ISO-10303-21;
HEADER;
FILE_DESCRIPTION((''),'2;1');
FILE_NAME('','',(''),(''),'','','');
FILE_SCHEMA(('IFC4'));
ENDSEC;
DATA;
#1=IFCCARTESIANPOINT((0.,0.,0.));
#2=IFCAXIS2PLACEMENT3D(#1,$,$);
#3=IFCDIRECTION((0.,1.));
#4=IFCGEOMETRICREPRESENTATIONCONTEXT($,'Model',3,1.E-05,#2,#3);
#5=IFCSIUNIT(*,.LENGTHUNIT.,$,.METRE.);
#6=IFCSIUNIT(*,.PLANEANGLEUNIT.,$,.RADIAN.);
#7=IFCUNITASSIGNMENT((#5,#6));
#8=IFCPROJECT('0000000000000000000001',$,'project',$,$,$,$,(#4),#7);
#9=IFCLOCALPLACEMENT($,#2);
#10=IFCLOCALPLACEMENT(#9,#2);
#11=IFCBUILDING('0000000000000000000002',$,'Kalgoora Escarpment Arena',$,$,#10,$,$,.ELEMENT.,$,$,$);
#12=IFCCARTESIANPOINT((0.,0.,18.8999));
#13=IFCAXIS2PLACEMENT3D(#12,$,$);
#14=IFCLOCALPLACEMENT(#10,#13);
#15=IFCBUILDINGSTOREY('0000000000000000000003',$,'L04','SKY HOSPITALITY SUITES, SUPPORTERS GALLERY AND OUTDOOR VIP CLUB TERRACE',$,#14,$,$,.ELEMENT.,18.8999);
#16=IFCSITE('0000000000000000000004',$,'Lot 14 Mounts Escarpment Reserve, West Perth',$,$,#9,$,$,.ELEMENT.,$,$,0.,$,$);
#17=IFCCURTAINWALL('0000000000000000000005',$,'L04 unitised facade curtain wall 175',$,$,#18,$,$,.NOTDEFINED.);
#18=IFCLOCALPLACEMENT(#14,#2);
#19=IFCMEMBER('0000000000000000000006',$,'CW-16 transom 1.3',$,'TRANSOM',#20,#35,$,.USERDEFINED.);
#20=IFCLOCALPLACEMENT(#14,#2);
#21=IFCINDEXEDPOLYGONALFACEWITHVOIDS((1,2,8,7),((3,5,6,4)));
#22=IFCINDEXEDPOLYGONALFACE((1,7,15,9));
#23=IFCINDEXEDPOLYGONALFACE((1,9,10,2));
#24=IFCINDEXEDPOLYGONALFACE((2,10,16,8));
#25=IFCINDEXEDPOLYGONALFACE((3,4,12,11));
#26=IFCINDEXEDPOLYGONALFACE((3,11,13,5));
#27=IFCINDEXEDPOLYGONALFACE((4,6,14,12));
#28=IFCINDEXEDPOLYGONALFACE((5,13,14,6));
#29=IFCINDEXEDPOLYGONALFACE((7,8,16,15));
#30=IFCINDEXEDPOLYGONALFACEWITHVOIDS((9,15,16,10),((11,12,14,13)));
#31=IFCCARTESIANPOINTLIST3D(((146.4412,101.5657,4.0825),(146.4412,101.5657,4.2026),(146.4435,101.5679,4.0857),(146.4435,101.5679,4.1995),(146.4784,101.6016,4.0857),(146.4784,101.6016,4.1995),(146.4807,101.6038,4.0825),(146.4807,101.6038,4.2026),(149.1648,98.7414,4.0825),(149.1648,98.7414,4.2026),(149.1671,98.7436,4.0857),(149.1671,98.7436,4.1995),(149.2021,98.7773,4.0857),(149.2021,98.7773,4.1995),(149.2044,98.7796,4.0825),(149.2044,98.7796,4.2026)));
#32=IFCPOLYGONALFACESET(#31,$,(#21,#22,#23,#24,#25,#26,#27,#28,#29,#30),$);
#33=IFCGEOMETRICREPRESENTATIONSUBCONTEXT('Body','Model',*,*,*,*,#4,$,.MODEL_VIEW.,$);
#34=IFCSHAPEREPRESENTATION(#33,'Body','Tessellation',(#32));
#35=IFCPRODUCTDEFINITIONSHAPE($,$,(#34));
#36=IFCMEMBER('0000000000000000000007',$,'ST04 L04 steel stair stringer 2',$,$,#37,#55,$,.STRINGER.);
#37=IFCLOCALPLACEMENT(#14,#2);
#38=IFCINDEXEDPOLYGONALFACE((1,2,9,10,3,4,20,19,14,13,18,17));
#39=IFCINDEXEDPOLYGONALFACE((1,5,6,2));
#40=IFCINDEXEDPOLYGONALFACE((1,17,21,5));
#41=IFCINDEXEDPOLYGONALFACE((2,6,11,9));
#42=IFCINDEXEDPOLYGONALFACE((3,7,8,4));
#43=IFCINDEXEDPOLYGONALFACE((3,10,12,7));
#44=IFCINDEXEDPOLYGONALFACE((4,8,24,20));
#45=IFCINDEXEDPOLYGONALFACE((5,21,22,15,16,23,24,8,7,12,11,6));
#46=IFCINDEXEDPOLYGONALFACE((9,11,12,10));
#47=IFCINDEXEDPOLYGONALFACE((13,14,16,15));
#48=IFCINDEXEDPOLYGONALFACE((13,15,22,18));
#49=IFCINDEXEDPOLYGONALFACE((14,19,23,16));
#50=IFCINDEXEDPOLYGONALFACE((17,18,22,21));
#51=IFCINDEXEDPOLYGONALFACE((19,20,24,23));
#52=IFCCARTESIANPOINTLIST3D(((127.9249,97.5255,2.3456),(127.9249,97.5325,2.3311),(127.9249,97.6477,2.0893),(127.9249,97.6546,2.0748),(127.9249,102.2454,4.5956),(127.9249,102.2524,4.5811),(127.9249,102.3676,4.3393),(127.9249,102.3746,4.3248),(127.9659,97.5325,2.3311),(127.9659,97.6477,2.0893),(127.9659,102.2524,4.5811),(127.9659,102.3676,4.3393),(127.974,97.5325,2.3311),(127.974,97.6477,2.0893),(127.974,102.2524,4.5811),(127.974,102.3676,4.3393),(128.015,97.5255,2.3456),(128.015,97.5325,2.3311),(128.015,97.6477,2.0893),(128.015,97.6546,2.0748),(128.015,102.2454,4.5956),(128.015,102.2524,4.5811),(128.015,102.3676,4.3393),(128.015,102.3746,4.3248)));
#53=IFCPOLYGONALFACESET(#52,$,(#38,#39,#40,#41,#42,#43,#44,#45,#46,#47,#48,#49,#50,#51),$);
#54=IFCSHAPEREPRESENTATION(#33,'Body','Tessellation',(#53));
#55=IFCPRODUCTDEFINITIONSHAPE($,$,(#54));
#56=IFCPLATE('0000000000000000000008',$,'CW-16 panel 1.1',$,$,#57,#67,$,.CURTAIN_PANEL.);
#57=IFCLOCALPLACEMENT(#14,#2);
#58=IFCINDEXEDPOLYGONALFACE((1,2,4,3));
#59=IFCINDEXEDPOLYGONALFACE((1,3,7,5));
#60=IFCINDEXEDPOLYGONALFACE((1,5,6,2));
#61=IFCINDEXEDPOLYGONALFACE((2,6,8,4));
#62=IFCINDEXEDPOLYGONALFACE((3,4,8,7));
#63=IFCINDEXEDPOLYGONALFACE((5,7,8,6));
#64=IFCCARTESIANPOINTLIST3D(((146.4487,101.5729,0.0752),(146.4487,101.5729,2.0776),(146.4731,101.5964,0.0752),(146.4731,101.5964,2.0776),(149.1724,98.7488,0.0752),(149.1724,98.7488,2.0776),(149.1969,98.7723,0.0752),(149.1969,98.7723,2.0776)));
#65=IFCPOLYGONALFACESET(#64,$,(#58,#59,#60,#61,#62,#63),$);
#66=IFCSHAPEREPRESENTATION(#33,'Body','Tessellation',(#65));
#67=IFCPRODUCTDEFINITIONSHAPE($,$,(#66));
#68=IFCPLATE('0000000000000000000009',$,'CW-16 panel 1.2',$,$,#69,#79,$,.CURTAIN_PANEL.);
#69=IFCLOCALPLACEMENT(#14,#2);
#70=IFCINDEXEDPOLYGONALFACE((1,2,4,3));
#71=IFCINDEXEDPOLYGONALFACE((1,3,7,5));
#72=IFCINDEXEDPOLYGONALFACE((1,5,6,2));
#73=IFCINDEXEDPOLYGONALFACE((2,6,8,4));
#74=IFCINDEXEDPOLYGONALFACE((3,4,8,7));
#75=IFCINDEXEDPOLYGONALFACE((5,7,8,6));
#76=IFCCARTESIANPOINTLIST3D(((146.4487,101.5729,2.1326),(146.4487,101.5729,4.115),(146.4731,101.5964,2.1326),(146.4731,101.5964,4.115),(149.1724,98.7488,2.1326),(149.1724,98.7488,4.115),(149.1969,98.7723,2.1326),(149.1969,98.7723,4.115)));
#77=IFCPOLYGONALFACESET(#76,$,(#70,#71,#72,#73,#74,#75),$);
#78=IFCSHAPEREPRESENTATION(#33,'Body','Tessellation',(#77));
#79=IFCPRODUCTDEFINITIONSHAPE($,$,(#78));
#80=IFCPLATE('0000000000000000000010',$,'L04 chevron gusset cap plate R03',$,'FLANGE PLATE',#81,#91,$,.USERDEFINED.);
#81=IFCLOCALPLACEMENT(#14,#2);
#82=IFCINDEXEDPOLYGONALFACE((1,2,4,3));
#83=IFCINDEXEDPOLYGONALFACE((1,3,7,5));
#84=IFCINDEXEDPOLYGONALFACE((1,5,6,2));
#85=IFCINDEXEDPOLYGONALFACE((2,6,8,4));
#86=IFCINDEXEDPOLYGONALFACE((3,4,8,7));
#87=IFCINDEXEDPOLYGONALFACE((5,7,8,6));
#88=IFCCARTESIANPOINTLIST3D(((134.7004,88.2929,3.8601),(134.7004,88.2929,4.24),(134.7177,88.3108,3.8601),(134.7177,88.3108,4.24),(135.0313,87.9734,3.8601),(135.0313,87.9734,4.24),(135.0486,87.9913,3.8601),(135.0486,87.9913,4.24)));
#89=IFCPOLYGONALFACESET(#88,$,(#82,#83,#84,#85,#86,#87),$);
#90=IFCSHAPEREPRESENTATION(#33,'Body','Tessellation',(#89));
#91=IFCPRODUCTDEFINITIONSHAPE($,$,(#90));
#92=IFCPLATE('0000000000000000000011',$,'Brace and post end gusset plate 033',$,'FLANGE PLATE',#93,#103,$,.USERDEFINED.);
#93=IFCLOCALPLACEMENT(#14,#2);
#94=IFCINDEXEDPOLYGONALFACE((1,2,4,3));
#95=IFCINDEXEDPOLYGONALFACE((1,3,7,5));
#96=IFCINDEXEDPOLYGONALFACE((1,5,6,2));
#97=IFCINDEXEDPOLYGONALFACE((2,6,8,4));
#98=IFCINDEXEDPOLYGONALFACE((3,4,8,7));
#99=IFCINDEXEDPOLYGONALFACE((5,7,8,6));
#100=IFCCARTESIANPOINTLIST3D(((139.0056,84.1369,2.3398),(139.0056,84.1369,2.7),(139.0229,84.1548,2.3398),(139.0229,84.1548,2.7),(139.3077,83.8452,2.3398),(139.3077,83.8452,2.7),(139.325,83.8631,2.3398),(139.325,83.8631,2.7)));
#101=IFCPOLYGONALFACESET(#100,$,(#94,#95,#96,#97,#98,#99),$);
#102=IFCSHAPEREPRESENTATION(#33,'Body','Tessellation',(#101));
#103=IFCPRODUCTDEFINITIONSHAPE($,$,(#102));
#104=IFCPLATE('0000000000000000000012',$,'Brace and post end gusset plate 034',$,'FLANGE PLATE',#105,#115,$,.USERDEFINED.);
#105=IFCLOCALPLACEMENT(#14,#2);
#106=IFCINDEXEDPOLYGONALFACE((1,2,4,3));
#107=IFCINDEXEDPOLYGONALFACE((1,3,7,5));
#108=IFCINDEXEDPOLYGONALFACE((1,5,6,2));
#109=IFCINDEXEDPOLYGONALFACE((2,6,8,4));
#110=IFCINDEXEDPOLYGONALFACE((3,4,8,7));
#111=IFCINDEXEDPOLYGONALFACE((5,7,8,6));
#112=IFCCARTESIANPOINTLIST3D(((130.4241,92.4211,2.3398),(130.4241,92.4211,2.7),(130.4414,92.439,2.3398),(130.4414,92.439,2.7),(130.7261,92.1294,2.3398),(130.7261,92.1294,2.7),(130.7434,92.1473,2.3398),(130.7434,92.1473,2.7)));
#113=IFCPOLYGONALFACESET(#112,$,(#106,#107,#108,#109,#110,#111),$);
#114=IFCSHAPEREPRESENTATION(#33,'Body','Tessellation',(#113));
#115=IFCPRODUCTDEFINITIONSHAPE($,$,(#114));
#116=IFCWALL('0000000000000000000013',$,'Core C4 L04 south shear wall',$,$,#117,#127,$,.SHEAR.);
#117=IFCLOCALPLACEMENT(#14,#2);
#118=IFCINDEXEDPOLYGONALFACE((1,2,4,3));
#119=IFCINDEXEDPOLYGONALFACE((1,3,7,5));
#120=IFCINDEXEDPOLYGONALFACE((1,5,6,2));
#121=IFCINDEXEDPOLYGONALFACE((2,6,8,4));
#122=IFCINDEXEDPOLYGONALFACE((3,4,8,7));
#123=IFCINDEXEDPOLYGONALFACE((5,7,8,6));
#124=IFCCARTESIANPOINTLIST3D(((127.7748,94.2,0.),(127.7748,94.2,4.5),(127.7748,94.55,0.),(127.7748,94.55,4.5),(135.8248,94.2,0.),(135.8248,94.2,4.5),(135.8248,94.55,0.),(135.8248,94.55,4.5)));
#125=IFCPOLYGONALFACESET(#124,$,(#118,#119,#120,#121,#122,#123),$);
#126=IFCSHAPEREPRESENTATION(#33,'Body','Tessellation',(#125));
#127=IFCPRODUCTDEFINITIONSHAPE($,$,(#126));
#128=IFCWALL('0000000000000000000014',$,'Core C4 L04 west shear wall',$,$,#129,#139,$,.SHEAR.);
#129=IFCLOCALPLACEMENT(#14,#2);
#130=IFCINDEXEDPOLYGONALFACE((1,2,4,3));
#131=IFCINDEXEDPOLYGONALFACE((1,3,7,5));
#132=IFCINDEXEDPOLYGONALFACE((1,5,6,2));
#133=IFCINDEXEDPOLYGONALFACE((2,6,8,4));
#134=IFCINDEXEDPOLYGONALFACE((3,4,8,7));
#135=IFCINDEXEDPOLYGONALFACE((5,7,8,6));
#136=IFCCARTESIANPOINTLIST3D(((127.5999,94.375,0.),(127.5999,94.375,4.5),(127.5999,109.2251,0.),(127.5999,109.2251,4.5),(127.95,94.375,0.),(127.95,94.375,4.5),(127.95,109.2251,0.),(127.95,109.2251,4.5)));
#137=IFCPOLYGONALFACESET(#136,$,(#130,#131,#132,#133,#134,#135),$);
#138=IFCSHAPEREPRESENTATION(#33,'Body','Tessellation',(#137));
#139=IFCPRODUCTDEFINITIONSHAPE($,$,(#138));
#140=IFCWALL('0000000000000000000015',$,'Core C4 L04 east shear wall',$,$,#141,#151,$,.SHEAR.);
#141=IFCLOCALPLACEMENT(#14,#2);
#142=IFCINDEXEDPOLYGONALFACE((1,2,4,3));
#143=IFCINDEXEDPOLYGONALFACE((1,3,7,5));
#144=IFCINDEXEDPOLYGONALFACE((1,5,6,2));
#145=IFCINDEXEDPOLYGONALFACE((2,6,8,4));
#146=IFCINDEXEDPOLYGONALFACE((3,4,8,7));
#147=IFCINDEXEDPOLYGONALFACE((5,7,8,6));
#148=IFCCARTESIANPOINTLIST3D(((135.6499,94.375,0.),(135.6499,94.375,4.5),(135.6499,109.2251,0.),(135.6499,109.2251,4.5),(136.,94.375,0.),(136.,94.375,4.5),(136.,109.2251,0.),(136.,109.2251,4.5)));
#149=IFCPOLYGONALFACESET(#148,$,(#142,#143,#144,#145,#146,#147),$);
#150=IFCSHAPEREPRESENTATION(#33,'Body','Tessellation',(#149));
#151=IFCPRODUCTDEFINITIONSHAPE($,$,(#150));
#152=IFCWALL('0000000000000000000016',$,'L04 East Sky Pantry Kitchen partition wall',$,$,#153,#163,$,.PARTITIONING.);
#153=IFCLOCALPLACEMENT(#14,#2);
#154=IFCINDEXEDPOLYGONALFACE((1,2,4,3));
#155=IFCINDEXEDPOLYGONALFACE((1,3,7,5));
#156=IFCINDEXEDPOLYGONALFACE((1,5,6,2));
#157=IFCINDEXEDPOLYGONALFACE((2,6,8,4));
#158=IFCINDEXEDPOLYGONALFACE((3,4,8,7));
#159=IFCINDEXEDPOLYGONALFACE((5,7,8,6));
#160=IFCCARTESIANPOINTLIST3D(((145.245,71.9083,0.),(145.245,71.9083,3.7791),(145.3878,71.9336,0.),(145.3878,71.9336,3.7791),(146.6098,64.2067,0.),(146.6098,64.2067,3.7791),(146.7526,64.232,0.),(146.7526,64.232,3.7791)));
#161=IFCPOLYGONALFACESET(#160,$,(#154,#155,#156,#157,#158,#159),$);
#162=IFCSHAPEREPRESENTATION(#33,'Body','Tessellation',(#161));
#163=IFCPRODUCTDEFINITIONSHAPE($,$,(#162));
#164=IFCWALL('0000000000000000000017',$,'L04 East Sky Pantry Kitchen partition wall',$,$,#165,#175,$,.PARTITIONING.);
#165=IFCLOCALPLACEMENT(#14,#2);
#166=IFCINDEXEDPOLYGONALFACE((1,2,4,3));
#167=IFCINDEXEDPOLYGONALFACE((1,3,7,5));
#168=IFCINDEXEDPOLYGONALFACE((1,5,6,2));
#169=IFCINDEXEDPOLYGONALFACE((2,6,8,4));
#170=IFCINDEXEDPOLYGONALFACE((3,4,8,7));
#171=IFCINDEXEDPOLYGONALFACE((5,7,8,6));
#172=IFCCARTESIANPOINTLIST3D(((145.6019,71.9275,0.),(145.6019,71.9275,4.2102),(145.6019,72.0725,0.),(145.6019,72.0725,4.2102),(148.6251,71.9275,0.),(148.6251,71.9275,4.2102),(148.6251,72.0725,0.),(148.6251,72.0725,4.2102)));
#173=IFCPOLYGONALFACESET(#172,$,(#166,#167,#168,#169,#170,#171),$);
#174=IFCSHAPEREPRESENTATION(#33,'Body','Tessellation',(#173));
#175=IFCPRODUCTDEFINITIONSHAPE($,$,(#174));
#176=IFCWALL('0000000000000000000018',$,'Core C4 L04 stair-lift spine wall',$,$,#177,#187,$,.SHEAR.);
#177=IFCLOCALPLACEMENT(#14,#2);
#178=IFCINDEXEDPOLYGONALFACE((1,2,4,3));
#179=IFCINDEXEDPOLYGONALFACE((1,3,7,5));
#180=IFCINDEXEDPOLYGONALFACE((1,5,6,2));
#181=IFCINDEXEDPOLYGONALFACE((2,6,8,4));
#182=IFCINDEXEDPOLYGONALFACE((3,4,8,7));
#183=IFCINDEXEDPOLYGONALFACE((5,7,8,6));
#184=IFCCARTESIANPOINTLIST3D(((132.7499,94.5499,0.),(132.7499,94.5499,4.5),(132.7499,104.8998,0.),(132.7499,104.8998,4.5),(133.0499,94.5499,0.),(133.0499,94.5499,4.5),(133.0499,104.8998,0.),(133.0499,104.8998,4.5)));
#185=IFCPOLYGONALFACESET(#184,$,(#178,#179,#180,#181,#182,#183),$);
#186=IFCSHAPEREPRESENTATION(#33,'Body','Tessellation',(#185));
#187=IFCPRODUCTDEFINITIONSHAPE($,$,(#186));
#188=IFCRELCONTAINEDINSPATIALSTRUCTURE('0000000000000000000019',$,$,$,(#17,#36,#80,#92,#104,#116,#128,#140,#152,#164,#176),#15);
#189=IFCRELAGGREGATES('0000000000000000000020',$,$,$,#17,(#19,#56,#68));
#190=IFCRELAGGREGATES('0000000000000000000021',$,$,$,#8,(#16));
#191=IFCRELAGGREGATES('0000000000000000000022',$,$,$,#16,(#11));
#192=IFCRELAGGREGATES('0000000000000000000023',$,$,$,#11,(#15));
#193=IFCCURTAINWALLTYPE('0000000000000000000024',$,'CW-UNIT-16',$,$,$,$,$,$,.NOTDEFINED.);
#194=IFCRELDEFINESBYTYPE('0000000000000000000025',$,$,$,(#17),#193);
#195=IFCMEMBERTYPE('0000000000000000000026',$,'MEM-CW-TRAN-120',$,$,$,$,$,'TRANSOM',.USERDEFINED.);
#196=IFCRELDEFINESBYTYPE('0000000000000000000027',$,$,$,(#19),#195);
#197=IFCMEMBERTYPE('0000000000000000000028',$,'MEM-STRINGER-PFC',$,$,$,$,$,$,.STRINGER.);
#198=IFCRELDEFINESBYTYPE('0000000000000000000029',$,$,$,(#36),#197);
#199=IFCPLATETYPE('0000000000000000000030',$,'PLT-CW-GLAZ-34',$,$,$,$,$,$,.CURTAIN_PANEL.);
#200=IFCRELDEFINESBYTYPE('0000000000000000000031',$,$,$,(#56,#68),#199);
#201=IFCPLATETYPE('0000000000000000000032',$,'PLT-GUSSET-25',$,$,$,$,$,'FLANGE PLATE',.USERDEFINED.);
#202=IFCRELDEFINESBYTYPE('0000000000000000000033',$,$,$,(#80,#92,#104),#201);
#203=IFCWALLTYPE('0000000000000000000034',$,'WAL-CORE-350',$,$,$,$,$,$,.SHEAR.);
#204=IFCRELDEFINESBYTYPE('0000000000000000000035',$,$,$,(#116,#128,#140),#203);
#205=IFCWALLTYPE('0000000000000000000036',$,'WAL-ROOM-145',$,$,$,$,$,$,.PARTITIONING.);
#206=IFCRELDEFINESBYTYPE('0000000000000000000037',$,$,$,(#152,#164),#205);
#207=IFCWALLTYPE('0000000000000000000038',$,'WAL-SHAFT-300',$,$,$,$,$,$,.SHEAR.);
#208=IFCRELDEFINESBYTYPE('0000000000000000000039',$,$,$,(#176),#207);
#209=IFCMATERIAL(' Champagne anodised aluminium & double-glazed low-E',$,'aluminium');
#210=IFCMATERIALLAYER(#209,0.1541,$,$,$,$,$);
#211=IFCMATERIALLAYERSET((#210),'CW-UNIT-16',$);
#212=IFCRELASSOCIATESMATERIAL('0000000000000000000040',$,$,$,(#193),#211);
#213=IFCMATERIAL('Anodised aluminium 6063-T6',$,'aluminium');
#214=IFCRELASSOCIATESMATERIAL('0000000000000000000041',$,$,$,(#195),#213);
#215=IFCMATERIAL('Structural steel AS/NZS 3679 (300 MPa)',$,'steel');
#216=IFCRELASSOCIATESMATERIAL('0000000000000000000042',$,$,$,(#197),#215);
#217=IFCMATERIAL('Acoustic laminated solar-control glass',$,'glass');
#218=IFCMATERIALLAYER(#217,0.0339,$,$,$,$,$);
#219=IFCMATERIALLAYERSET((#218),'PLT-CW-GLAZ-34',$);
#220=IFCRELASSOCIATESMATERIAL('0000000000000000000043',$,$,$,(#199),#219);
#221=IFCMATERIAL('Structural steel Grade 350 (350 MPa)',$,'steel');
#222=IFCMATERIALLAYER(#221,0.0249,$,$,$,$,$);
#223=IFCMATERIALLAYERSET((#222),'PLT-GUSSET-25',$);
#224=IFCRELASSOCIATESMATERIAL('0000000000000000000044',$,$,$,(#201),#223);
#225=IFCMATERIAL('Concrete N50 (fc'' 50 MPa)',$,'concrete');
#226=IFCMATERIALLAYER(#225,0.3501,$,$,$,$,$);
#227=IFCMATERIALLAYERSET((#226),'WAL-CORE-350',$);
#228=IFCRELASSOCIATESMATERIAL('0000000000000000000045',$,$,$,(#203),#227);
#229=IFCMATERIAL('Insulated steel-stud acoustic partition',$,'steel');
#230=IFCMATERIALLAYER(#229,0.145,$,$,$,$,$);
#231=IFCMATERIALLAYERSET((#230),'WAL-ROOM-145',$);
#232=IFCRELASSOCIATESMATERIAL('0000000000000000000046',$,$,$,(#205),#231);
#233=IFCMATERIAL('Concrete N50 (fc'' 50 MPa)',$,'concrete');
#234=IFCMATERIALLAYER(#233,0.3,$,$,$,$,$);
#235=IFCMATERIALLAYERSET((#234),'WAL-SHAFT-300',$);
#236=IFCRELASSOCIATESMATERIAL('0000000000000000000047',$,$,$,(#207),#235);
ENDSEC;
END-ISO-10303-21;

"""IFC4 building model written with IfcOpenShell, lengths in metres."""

from ifc_helpers import new_model, si_unit, direction, frame, frame_2d, origin, origin_2d, place, context, subcontext, project, spatial, rectangle, hollow_rectangle, i_section, extrude, material, layer, layer_set, material_profile, profile_set, type_object, element, aggregate, save


model = new_model("IFC4")

# Units and contexts
model_context = context("Model", 3, precision=1e-05, world=origin(), true_north=direction((0.0, 1.0)))
body_context = subcontext(model_context, "Body", "Model", "MODEL_VIEW")
ifc_project = project(units=[si_unit("LENGTHUNIT", "METRE"), si_unit("PLANEANGLEUNIT", "RADIAN")], contexts=[model_context])

# Site, building, storey
site_placement = place(None, origin())
site = spatial("IfcSite", under=ifc_project, at=site_placement, Name="Lot 14 Mounts Escarpment Reserve, West Perth", CompositionType="ELEMENT", RefElevation=0.0)
building_placement = place(site_placement, origin())
building = spatial("IfcBuilding", under=site, at=building_placement, Name="Kalgoora Escarpment Arena", CompositionType="ELEMENT")
storey_placement = place(building_placement, frame((0.0, 0.0, 18.8999)))
storey = spatial("IfcBuildingStorey", under=building, at=storey_placement, Name="L04", Description="SKY HOSPITALITY SUITES, SUPPORTERS GALLERY AND OUTDOOR VIP CLUB TERRACE", CompositionType="ELEMENT", Elevation=18.8999)

# Curtain wall, member
ifc_material_1 = material(Name=" Champagne anodised aluminium & double-glazed low-E", Category="aluminium")
ifc_layer_1 = layer(ifc_material_1, 0.1541)
ifc_layer_set_1 = layer_set([ifc_layer_1], Name="CW-UNIT-16")
curtain_wall_type = type_object("IfcCurtainWallType", Name="CW-UNIT-16", PredefinedType="NOTDEFINED", material=ifc_layer_set_1)
curtain_wall_placement = place(storey_placement, origin())
curtain_wall = element("IfcCurtainWall", 1, at=curtain_wall_placement, inside=storey, type_object=curtain_wall_type, Name="L04 unitised facade curtain wall 175", PredefinedType="NOTDEFINED")
ifc_material_2 = material(Name="Anodised aluminium 6063-T6", Category="aluminium")
ifc_material_profile_1 = material_profile(ifc_material_2, hollow_rectangle(XDim=0.0549, YDim=0.1201, WallThickness=0.0032, at=origin_2d()))
ifc_profile_set_1 = profile_set([ifc_material_profile_1], Name="Anodised aluminium 6063-T6")
member_type_1 = type_object("IfcMemberType", Name="MEM-CW-TRAN-120", ElementType="TRANSOM", PredefinedType="USERDEFINED", material=ifc_profile_set_1)
member_1_placement = place(storey_placement, frame((146.4609, 101.5847, 4.1426), z_axis=(0.694172, -0.719809, 0.0), x_axis=(0.719809, 0.694172, 0.0)))
member_1 = element("IfcMember", 2, at=member_1_placement, type_object=member_type_1, Name="CW-16 transom 1.3", ObjectType="TRANSOM", PredefinedType="USERDEFINED", context=body_context, shape_type="SweptSolid", body=[
    extrude(hollow_rectangle(XDim=0.0549, YDim=0.1201, WallThickness=0.0032, at=origin_2d()), origin(), (0.0, 0.0, 1.0), 3.9236),
])

# Member
ifc_material_3 = material(Name="Structural steel AS/NZS 3679 (300 MPa)", Category="steel")
ifc_material_profile_2 = material_profile(ifc_material_3, i_section(OverallWidth=0.0901, OverallDepth=0.3, WebThickness=0.0081, FlangeThickness=0.0161, at=origin_2d()))
ifc_profile_set_2 = profile_set([ifc_material_profile_2], Name="Structural steel AS/NZS 3679 (300 MPa)")
member_type_2 = type_object("IfcMemberType", Name="MEM-STRINGER-PFC", PredefinedType="STRINGER", material=ifc_profile_set_2)
member_2_placement = place(storey_placement, frame((127.97, 97.5901, 2.2102), z_axis=(0.0, 0.902683, 0.430307), x_axis=(-1.0, 0.0, 0.0)))
element("IfcMember", 3, at=member_2_placement, inside=storey, type_object=member_type_2, Name="ST04 L04 steel stair stringer 2", PredefinedType="STRINGER", context=body_context, shape_type="SweptSolid", body=[
    extrude(i_section(OverallWidth=0.0901, OverallDepth=0.3, WebThickness=0.0081, FlangeThickness=0.0161, at=origin_2d()), origin(), (0.0, 0.0, 1.0), 5.2288),
])

# Plates
ifc_material_4 = material(Name="Acoustic laminated solar-control glass", Category="glass")
ifc_layer_2 = layer(ifc_material_4, 0.0339)
ifc_layer_set_2 = layer_set([ifc_layer_2], Name="PLT-CW-GLAZ-34")
plate_type_1 = type_object("IfcPlateType", Name="PLT-CW-GLAZ-34", PredefinedType="CURTAIN_PANEL", material=ifc_layer_set_2)
plate_1_placement = place(storey_placement, frame((147.8228, 100.1726, 0.0752), z_axis=(0.0, 0.0, 1.0), x_axis=(0.694205, -0.719777, 0.0)))
plate_1 = element("IfcPlate", 4, at=plate_1_placement, type_object=plate_type_1, Name="CW-16 panel 1.1", PredefinedType="CURTAIN_PANEL", context=body_context, shape_type="SweptSolid", body=[
    extrude(rectangle(XDim=3.9236, YDim=0.0339, at=origin_2d()), origin(), (0.0, 0.0, 1.0), 2.0024),
])
plate_2_placement = place(storey_placement, frame((147.8228, 100.1726, 2.1326), z_axis=(0.0, 0.0, 1.0), x_axis=(0.694205, -0.719777, 0.0)))
plate_2 = element("IfcPlate", 5, at=plate_2_placement, type_object=plate_type_1, Name="CW-16 panel 1.2", PredefinedType="CURTAIN_PANEL", context=body_context, shape_type="SweptSolid", body=[
    extrude(rectangle(XDim=3.9236, YDim=0.0339, at=origin_2d()), origin(), (0.0, 0.0, 1.0), 1.9824),
])
aggregate(curtain_wall, [member_1, plate_1, plate_2])

# Plates
ifc_material_5 = material(Name="Structural steel Grade 350 (350 MPa)", Category="steel")
ifc_layer_3 = layer(ifc_material_5, 0.0249)
ifc_layer_set_3 = layer_set([ifc_layer_3], Name="PLT-GUSSET-25")
plate_type_2 = type_object("IfcPlateType", Name="PLT-GUSSET-25", ElementType="FLANGE PLATE", PredefinedType="USERDEFINED", material=ifc_layer_set_3)
plate_3_placement = place(storey_placement, frame((134.8745, 88.1421, 3.8601), z_axis=(0.0, 0.0, 1.0), x_axis=(-0.719461, 0.694533, 0.0)))
element("IfcPlate", 6, at=plate_3_placement, inside=storey, type_object=plate_type_2, Name="L04 chevron gusset cap plate R03", ObjectType="FLANGE PLATE", PredefinedType="USERDEFINED", context=body_context, shape_type="SweptSolid", body=[
    extrude(rectangle(XDim=0.46, YDim=0.0249, at=origin_2d()), origin(), (0.0, 0.0, 1.0), 0.3799),
])
for number, where, z_axis, x_axis, name in (
    (7, (139.1653, 84.0, 2.3398), (0.0, 0.0, 1.0), (-0.71934, 0.694658, 0.0), "Brace and post end gusset plate 033"),
    (8, (130.5837, 92.2842, 2.3398), (0.0, 0.0, 1.0), (0.71934, -0.694658, 0.0), "Brace and post end gusset plate 034"),
):
    element("IfcPlate", number, at=place(storey_placement, frame(where, z_axis=z_axis, x_axis=x_axis)), inside=storey, type_object=plate_type_2, Name=name, ObjectType="FLANGE PLATE", PredefinedType="USERDEFINED", context=body_context, shape_type="SweptSolid", body=[
        extrude(rectangle(XDim=0.4199, YDim=0.0249, at=origin_2d()), origin(), (0.0, 0.0, 1.0), 0.3601),
    ])

# Walls
ifc_material_6 = material(Name="Concrete N50 (fc' 50 MPa)", Category="concrete")
ifc_layer_4 = layer(ifc_material_6, 0.3501)
ifc_layer_set_4 = layer_set([ifc_layer_4], Name="WAL-CORE-350")
wall_type_1 = type_object("IfcWallType", Name="WAL-CORE-350", PredefinedType="SHEAR", material=ifc_layer_set_4)
wall_1_placement = place(storey_placement, frame((127.7749, 94.375, 0.0), z_axis=(0.0, 0.0, 1.0), x_axis=(1.0, 0.0, 0.0)))
element("IfcWall", 9, at=wall_1_placement, inside=storey, type_object=wall_type_1, Name="Core C4 L04 south shear wall", PredefinedType="SHEAR", context=body_context, shape_type="SweptSolid", body=[
    extrude(rectangle(XDim=8.05, YDim=0.3501, at=frame_2d((4.0249, 0.0))), origin(), (0.0, 0.0, 1.0), 4.5),
])
for number, where, z_axis, x_axis, name in (
    (10, (127.7749, 94.375, 0.0), (0.0, 0.0, 1.0), (0.0, 1.0, 0.0), "Core C4 L04 west shear wall"),
    (11, (135.825, 94.375, 0.0), (0.0, 0.0, 1.0), (0.0, 1.0, 0.0), "Core C4 L04 east shear wall"),
):
    element("IfcWall", number, at=place(storey_placement, frame(where, z_axis=z_axis, x_axis=x_axis)), inside=storey, type_object=wall_type_1, Name=name, PredefinedType="SHEAR", context=body_context, shape_type="SweptSolid", body=[
        extrude(rectangle(XDim=14.8501, YDim=0.3501, at=frame_2d((7.425, 0.0))), origin(), (0.0, 0.0, 1.0), 4.5),
    ])
ifc_material_7 = material(Name="Insulated steel-stud acoustic partition", Category="steel")
ifc_layer_5 = layer(ifc_material_7, 0.145)
ifc_layer_set_5 = layer_set([ifc_layer_5], Name="WAL-ROOM-145")
wall_type_2 = type_object("IfcWallType", Name="WAL-ROOM-145", PredefinedType="PARTITIONING", material=ifc_layer_set_5)
wall_2_placement = place(storey_placement, frame((146.6812, 64.2195, 0.0), z_axis=(0.0, 0.0, 1.0), x_axis=(-0.174483, 0.98466, 0.0)))
element("IfcWall", 12, at=wall_2_placement, inside=storey, type_object=wall_type_2, Name="L04 East Sky Pantry Kitchen partition wall", PredefinedType="PARTITIONING", context=body_context, shape_type="SweptSolid", body=[
    extrude(rectangle(XDim=7.8215, YDim=0.145, at=frame_2d((3.9106, 0.0))), origin(), (0.0, 0.0, 1.0), 3.7791),
])
wall_3_placement = place(storey_placement, frame((145.6018, 72.0, 0.0), z_axis=(0.0, 0.0, 1.0), x_axis=(1.0, 0.0, 0.0)))
element("IfcWall", 13, at=wall_3_placement, inside=storey, type_object=wall_type_2, Name="L04 East Sky Pantry Kitchen partition wall", PredefinedType="PARTITIONING", context=body_context, shape_type="SweptSolid", body=[
    extrude(rectangle(XDim=3.0232, YDim=0.145, at=frame_2d((1.5117, 0.0))), origin(), (0.0, 0.0, 1.0), 4.2102),
])
ifc_material_8 = material(Name="Concrete N50 (fc' 50 MPa)", Category="concrete")
ifc_layer_6 = layer(ifc_material_8, 0.3)
ifc_layer_set_6 = layer_set([ifc_layer_6], Name="WAL-SHAFT-300")
wall_type_3 = type_object("IfcWallType", Name="WAL-SHAFT-300", PredefinedType="SHEAR", material=ifc_layer_set_6)
wall_4_placement = place(storey_placement, frame((132.8999, 94.55, 0.0), z_axis=(0.0, 0.0, 1.0), x_axis=(0.0, 1.0, 0.0)))
element("IfcWall", 14, at=wall_4_placement, inside=storey, type_object=wall_type_3, Name="Core C4 L04 stair-lift spine wall", PredefinedType="SHEAR", context=body_context, shape_type="SweptSolid", body=[
    extrude(rectangle(XDim=10.3499, YDim=0.3, at=frame_2d((5.1748, 0.0))), origin(), (0.0, 0.0, 1.0), 4.5),
])

save(model, "model.ifc")
